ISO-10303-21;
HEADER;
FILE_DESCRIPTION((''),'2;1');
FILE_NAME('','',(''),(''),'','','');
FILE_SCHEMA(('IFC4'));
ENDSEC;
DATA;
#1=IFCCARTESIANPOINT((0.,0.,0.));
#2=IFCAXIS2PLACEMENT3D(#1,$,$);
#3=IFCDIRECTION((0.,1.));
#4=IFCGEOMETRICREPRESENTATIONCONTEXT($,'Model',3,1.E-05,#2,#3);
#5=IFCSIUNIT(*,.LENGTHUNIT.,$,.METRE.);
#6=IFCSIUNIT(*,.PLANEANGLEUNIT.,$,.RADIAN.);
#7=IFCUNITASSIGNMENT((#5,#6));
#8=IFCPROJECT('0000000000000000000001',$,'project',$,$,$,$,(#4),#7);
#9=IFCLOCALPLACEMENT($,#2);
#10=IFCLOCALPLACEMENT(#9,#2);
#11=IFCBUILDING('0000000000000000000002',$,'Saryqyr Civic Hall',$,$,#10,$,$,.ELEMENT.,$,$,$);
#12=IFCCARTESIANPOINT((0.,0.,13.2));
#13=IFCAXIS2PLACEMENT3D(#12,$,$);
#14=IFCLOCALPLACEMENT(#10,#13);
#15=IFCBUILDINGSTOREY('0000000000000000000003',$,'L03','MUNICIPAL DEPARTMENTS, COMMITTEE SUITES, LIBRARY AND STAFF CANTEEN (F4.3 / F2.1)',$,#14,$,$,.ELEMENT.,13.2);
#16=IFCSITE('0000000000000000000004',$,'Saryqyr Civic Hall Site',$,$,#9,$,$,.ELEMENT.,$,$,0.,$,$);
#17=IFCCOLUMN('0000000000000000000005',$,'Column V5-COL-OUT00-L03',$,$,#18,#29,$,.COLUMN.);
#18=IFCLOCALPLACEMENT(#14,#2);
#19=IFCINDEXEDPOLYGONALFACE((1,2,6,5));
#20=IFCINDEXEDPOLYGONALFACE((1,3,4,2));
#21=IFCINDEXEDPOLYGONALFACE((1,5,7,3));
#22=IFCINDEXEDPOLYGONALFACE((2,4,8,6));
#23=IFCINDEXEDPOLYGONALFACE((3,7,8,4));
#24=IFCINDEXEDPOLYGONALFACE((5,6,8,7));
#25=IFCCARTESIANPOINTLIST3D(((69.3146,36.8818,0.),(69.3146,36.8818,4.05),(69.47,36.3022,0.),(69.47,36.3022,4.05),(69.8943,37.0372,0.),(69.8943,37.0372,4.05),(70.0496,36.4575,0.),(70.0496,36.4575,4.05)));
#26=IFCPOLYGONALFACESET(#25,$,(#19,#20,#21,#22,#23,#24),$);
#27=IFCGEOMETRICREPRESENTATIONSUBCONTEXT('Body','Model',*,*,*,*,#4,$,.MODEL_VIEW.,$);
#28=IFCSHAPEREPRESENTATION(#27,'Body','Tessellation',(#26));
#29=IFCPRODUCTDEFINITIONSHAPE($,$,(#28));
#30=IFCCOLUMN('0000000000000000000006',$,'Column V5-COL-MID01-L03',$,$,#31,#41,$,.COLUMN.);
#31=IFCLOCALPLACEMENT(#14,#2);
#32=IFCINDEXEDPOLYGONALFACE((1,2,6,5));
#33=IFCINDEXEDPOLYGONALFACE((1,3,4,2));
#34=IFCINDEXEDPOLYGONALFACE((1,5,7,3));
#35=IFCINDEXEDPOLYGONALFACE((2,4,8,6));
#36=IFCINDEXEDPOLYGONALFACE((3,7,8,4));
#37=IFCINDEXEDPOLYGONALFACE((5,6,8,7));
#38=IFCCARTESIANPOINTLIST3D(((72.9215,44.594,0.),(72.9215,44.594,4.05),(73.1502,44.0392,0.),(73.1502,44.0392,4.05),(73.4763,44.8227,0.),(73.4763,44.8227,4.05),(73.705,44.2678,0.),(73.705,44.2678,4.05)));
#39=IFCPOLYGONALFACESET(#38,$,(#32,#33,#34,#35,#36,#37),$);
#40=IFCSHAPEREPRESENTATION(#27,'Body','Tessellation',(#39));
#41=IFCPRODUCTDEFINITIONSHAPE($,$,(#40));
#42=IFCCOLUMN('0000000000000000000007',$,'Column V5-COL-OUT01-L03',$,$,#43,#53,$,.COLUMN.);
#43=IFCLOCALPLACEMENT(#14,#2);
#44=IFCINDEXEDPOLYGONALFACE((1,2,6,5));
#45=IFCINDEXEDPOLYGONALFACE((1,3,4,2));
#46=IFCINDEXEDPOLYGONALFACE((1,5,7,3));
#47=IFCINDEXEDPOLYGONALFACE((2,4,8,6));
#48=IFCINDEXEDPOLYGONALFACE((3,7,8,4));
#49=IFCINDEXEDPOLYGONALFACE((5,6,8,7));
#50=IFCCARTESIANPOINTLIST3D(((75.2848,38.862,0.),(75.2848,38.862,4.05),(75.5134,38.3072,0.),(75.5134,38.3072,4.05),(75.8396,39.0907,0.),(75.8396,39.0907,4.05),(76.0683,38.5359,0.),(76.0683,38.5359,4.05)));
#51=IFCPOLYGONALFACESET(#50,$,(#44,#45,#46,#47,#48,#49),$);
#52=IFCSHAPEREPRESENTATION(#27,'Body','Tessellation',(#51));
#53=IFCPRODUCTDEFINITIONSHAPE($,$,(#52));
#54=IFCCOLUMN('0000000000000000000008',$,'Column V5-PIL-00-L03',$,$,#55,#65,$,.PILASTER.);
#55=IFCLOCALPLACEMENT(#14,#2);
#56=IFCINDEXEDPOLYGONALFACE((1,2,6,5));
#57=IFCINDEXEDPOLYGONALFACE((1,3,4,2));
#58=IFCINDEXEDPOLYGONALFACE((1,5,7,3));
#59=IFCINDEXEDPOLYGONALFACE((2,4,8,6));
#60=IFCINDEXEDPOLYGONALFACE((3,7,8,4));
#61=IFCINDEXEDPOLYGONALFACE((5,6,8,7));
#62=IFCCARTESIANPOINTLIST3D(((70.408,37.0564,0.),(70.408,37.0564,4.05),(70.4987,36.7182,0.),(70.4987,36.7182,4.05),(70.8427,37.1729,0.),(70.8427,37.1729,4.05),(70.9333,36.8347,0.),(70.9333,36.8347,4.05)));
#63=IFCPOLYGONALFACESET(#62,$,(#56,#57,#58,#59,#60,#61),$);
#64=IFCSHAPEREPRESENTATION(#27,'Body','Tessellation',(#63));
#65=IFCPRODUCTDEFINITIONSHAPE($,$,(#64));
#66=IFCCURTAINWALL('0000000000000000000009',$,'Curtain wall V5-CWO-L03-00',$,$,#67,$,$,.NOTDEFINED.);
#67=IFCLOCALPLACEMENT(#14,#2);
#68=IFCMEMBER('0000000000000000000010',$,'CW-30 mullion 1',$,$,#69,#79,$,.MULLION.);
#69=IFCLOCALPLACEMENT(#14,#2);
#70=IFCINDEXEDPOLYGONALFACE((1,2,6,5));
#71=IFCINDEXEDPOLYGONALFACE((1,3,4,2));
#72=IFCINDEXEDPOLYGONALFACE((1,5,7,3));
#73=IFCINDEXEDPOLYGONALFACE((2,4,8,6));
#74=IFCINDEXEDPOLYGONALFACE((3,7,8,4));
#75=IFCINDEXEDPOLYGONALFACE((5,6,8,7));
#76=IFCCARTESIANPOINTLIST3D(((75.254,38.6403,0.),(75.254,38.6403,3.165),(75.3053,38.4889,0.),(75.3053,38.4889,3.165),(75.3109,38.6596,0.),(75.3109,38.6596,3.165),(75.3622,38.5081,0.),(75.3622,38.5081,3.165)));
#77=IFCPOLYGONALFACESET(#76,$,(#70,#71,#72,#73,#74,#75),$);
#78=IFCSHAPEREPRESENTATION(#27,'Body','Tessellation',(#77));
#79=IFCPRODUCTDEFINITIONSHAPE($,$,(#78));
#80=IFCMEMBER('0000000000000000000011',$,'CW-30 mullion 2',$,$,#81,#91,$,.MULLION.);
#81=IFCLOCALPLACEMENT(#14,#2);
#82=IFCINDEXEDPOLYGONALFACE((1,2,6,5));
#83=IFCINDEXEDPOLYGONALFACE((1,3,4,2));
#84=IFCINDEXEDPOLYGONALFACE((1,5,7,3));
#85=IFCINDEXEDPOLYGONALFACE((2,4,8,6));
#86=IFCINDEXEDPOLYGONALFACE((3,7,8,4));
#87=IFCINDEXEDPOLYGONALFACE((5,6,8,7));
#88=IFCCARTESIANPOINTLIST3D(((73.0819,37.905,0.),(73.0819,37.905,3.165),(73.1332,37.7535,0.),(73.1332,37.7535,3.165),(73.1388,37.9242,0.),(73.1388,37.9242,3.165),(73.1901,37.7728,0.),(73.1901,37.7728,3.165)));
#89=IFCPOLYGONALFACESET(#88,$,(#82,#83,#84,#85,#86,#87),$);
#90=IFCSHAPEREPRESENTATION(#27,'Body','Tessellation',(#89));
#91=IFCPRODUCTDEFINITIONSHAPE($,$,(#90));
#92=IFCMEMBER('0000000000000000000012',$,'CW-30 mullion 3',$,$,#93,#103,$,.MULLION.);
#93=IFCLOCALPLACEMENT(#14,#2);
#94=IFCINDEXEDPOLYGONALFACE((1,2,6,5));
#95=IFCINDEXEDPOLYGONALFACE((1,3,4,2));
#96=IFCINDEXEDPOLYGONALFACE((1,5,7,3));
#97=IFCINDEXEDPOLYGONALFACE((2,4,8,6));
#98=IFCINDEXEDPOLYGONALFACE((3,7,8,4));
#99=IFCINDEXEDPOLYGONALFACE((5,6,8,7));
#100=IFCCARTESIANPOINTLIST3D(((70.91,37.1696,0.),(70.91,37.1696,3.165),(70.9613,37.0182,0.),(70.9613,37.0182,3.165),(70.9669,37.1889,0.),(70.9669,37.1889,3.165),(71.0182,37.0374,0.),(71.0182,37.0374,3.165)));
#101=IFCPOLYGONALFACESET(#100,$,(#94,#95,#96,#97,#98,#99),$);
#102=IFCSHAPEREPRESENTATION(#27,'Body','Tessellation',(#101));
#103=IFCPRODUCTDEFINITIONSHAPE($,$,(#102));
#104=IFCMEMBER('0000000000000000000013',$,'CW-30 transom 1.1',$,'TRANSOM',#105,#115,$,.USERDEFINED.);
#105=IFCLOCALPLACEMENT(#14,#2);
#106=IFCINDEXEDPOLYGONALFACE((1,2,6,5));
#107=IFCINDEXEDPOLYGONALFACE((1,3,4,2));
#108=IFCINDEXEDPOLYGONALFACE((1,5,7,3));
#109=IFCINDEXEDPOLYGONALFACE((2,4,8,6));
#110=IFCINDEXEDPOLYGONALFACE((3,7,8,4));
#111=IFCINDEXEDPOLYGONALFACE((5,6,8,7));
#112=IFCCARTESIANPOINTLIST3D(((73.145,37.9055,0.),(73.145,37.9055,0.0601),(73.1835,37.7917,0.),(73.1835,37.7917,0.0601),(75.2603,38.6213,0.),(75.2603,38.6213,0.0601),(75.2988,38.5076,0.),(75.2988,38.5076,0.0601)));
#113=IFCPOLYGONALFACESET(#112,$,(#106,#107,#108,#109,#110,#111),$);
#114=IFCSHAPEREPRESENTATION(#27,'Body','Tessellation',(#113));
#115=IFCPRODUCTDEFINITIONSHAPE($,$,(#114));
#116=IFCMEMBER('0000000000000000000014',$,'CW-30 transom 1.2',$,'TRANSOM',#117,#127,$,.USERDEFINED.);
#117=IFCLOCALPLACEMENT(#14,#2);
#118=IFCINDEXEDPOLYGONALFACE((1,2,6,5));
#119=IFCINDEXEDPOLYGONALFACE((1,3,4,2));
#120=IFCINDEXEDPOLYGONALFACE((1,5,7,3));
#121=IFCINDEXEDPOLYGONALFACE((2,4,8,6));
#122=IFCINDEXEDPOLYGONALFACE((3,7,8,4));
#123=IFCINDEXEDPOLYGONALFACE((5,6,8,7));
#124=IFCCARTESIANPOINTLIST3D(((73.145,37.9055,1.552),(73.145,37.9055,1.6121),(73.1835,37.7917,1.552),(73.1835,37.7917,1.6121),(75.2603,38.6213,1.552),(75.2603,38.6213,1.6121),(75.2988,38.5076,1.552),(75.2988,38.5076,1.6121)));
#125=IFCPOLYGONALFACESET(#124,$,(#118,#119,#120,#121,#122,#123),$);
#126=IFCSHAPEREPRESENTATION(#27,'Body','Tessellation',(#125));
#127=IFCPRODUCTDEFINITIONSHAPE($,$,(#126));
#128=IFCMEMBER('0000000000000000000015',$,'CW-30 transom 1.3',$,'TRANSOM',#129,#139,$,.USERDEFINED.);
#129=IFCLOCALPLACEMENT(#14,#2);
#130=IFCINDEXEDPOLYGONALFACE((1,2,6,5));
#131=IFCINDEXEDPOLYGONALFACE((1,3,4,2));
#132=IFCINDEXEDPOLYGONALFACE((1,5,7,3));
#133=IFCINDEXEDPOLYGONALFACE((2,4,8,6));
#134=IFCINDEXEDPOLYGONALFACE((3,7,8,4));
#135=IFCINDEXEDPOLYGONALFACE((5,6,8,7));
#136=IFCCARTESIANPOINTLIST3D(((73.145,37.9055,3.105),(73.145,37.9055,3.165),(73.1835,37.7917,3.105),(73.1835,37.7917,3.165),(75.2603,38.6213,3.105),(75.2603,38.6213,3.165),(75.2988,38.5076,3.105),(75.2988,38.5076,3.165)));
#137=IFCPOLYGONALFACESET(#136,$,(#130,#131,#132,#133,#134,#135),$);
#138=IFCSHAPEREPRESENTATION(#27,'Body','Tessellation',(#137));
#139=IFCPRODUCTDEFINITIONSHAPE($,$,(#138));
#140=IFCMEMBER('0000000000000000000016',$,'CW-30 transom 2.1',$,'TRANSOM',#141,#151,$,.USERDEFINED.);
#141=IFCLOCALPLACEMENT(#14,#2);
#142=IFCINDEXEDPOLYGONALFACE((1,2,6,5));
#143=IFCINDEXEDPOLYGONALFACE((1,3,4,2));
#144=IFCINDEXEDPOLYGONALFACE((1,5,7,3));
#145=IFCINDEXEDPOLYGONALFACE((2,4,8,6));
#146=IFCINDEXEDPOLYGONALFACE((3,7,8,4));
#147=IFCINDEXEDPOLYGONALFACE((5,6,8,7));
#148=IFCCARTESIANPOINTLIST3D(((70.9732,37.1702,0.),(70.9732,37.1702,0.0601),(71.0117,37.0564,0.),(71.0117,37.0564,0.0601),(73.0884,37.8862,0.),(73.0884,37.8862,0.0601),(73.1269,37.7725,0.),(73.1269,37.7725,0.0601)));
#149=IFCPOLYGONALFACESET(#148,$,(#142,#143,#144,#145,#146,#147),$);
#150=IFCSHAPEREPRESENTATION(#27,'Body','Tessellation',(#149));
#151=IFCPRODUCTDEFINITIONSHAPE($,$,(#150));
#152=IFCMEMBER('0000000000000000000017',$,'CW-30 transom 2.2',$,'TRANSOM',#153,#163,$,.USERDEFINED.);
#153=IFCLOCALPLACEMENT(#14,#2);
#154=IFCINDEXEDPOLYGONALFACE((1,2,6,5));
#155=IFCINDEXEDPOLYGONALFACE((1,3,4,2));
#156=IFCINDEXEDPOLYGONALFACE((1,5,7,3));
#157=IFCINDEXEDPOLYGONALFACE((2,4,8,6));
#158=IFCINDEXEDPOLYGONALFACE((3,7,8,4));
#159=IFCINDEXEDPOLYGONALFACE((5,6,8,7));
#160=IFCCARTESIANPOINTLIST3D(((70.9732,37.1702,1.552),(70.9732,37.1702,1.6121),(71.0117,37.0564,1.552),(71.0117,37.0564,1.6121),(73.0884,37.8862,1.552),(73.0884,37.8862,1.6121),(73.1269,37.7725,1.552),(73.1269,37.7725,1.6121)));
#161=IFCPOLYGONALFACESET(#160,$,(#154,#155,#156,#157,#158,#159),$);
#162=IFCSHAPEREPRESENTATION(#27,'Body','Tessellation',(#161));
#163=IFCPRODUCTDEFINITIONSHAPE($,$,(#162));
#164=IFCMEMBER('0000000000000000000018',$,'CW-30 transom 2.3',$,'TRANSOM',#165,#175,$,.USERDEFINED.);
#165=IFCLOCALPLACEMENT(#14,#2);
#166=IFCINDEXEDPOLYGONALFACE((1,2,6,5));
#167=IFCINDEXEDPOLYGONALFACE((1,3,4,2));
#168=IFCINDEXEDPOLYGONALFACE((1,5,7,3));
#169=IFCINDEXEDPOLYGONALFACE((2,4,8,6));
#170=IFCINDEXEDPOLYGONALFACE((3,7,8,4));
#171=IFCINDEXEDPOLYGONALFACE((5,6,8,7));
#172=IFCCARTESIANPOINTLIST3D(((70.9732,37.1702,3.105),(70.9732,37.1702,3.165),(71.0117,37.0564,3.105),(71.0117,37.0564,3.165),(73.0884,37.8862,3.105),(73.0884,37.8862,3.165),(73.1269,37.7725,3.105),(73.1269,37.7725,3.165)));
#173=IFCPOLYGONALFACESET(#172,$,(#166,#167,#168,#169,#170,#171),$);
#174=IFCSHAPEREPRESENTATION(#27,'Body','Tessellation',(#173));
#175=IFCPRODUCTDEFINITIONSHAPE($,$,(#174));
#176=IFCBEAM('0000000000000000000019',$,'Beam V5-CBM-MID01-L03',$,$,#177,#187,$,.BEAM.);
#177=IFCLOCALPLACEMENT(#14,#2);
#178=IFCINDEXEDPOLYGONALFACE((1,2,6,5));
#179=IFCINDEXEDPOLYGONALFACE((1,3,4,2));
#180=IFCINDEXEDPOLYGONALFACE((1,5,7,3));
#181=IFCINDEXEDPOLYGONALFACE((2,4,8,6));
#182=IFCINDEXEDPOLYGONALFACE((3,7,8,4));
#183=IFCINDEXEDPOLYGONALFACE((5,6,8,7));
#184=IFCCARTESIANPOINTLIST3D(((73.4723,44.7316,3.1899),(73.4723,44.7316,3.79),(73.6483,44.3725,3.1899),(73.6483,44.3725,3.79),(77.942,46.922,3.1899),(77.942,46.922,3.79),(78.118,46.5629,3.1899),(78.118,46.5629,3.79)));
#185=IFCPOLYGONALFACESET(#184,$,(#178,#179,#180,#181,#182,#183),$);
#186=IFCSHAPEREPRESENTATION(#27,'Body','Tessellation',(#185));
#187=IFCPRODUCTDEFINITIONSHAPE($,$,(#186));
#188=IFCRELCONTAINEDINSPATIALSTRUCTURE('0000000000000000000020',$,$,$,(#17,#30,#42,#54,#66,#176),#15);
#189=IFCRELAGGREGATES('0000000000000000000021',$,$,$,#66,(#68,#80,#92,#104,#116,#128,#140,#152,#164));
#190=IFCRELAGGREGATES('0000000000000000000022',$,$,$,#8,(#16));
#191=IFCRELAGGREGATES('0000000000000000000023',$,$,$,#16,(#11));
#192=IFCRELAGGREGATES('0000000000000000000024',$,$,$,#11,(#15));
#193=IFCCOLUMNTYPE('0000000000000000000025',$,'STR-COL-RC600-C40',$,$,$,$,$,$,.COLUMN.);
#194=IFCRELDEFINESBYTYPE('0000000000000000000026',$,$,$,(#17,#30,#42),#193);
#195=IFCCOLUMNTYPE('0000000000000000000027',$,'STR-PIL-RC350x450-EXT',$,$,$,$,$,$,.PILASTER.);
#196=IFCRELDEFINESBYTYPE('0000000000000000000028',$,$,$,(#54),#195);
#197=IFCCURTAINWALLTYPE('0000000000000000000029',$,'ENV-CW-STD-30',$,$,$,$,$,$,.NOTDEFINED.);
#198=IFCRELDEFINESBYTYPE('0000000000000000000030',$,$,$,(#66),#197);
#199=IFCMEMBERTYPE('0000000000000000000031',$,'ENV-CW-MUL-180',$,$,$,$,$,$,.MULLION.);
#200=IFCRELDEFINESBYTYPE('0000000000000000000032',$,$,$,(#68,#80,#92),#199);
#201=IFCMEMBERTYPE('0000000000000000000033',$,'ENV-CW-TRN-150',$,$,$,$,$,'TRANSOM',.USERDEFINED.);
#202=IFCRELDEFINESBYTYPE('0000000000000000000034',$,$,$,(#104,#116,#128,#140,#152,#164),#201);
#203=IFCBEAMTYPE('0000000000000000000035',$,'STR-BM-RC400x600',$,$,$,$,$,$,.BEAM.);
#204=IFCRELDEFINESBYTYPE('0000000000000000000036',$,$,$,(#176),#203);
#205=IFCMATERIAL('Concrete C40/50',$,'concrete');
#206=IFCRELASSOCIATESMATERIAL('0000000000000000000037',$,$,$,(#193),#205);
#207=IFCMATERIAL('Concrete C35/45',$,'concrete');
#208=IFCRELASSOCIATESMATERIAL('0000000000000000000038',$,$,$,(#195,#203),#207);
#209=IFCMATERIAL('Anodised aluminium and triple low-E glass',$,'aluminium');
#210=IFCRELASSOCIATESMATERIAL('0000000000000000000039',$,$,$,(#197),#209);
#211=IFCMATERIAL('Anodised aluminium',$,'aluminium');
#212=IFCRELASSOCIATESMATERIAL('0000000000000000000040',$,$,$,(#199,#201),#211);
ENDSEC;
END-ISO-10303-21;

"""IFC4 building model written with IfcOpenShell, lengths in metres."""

from ifc_helpers import new_model, si_unit, direction, frame, origin, origin_2d, place, context, subcontext, project, spatial, rectangle, extrude, material, material_profile, profile_set, type_object, element, aggregate, save


model = new_model("IFC4")

# Units and contexts
model_context = context("Model", 3, precision=1e-05, world=origin(), true_north=direction((0.0, 1.0)))
body_context = subcontext(model_context, "Body", "Model", "MODEL_VIEW")
ifc_project = project(units=[si_unit("LENGTHUNIT", "METRE"), si_unit("PLANEANGLEUNIT", "RADIAN")], contexts=[model_context])

# Site, building, storey
site_placement = place(None, origin())
site = spatial("IfcSite", under=ifc_project, at=site_placement, Name="Saryqyr Civic Hall Site", CompositionType="ELEMENT", RefElevation=0.0)
building_placement = place(site_placement, origin())
building = spatial("IfcBuilding", under=site, at=building_placement, Name="Saryqyr Civic Hall", CompositionType="ELEMENT")
storey_placement = place(building_placement, frame((0.0, 0.0, 13.2)))
storey = spatial("IfcBuildingStorey", under=building, at=storey_placement, Name="L03", Description="MUNICIPAL DEPARTMENTS, COMMITTEE SUITES, LIBRARY AND STAFF CANTEEN (F4.3 / F2.1)", CompositionType="ELEMENT", Elevation=13.2)

# Columns
ifc_material_1 = material(Name="Concrete C40/50", Category="concrete")
ifc_material_profile_1 = material_profile(ifc_material_1, rectangle(XDim=0.6001, YDim=0.6001, at=origin_2d()), Name="RC 600x600")
ifc_profile_set_1 = profile_set([ifc_material_profile_1], Name="Concrete C40/50")
column_type_1 = type_object("IfcColumnType", Name="STR-COL-RC600-C40", PredefinedType="COLUMN", material=ifc_profile_set_1)
for number, where, z_axis, x_axis, name in (
    (1, (69.6821, 36.6697, 0.0), (0.0, 0.0, 1.0), (0.258819, -0.965926, 0.0), "Column V5-COL-OUT00-L03"),
    (2, (73.3132, 44.4309, 0.0), (0.0, 0.0, 1.0), (0.38107, -0.924546, 0.0), "Column V5-COL-MID01-L03"),
    (3, (75.6765, 38.699, 0.0), (0.0, 0.0, 1.0), (0.38107, -0.924546, 0.0), "Column V5-COL-OUT01-L03"),
):
    element("IfcColumn", number, at=place(storey_placement, frame(where, z_axis=z_axis, x_axis=x_axis)), inside=storey, type_object=column_type_1, Name=name, PredefinedType="COLUMN", context=body_context, shape_type="SweptSolid", body=[
        extrude(rectangle(XDim=0.6001, YDim=0.6001, at=origin_2d()), origin(), (0.0, 0.0, 1.0), 4.05),
    ])
ifc_material_2 = material(Name="Concrete C35/45", Category="concrete")
ifc_material_profile_2 = material_profile(ifc_material_2, rectangle(XDim=0.3501, YDim=0.45, at=origin_2d()), Name="RC 350x450")
ifc_profile_set_2 = profile_set([ifc_material_profile_2], Name="Concrete C35/45")
column_type_2 = type_object("IfcColumnType", Name="STR-PIL-RC350x450-EXT", PredefinedType="PILASTER", material=ifc_profile_set_2)
column_placement = place(storey_placement, frame((70.6707, 36.9456, 0.0), z_axis=(0.0, 0.0, 1.0), x_axis=(0.258819, -0.965926, 0.0)))
element("IfcColumn", 4, at=column_placement, inside=storey, type_object=column_type_2, Name="Column V5-PIL-00-L03", PredefinedType="PILASTER", context=body_context, shape_type="SweptSolid", body=[
    extrude(rectangle(XDim=0.3501, YDim=0.45, at=origin_2d()), origin(), (0.0, 0.0, 1.0), 4.05),
])

# Curtain wall, members
ifc_material_3 = material(Name="Anodised aluminium and triple low-E glass", Category="aluminium")
curtain_wall_type = type_object("IfcCurtainWallType", Name="ENV-CW-STD-30", PredefinedType="NOTDEFINED", material=ifc_material_3)
curtain_wall_placement = place(storey_placement, origin())
curtain_wall = element("IfcCurtainWall", 5, at=curtain_wall_placement, inside=storey, type_object=curtain_wall_type, Name="Curtain wall V5-CWO-L03-00", PredefinedType="NOTDEFINED")
ifc_material_4 = material(Name="Anodised aluminium", Category="aluminium")
ifc_material_profile_3 = material_profile(ifc_material_4, rectangle(XDim=0.0601, YDim=0.1599, at=origin_2d()), Name="ALU MULLION 60x160")
ifc_profile_set_3 = profile_set([ifc_material_profile_3], Name="Anodised aluminium")
member_type_1 = type_object("IfcMemberType", Name="ENV-CW-MUL-180", PredefinedType="MULLION", material=ifc_profile_set_3)
member_1_placement = place(storey_placement, frame((75.3081, 38.5742, 0.0), z_axis=(0.0, 0.0, 1.0), x_axis=(-0.947196, -0.320654, 0.0)))
member_1 = element("IfcMember", 6, at=member_1_placement, type_object=member_type_1, Name="CW-30 mullion 1", PredefinedType="MULLION", context=body_context, shape_type="SweptSolid", body=[
    extrude(rectangle(XDim=0.0601, YDim=0.1599, at=origin_2d()), origin(), (0.0, 0.0, 1.0), 3.165),
])
member_2_placement = place(storey_placement, frame((73.136, 37.8389, 0.0), z_axis=(0.0, 0.0, 1.0), x_axis=(-0.947196, -0.320654, 0.0)))
member_2 = element("IfcMember", 7, at=member_2_placement, type_object=member_type_1, Name="CW-30 mullion 2", PredefinedType="MULLION", context=body_context, shape_type="SweptSolid", body=[
    extrude(rectangle(XDim=0.0601, YDim=0.1599, at=origin_2d()), origin(), (0.0, 0.0, 1.0), 3.165),
])
member_3_placement = place(storey_placement, frame((70.9641, 37.1035, 0.0), z_axis=(0.0, 0.0, 1.0), x_axis=(-0.947196, -0.320654, 0.0)))
member_3 = element("IfcMember", 8, at=member_3_placement, type_object=member_type_1, Name="CW-30 mullion 3", PredefinedType="MULLION", context=body_context, shape_type="SweptSolid", body=[
    extrude(rectangle(XDim=0.0601, YDim=0.1599, at=origin_2d()), origin(), (0.0, 0.0, 1.0), 3.165),
])
ifc_material_profile_4 = material_profile(ifc_material_4, rectangle(XDim=0.1201, YDim=0.0601, at=origin_2d()), Name="ALU TRANSOM 120x60")
ifc_profile_set_4 = profile_set([ifc_material_profile_4], Name="Anodised aluminium")
member_type_2 = type_object("IfcMemberType", Name="ENV-CW-TRN-150", ElementType="TRANSOM", PredefinedType="USERDEFINED", material=ifc_profile_set_4)
member_4_placement = place(storey_placement, frame((75.2795, 38.5645, 0.03), z_axis=(-0.94723, -0.320554, 0.0), x_axis=(0.320554, -0.94723, 0.0)))
member_4 = element("IfcMember", 9, at=member_4_placement, type_object=member_type_2, Name="CW-30 transom 1.1", ObjectType="TRANSOM", PredefinedType="USERDEFINED", context=body_context, shape_type="SweptSolid", body=[
    extrude(rectangle(XDim=0.1201, YDim=0.0601, at=origin_2d()), origin(), (0.0, 0.0, 1.0), 2.2332),
])
member_5_placement = place(storey_placement, frame((75.2795, 38.5645, 1.582), z_axis=(-0.94723, -0.320554, 0.0), x_axis=(0.320554, -0.94723, 0.0)))
member_5 = element("IfcMember", 10, at=member_5_placement, type_object=member_type_2, Name="CW-30 transom 1.2", ObjectType="TRANSOM", PredefinedType="USERDEFINED", context=body_context, shape_type="SweptSolid", body=[
    extrude(rectangle(XDim=0.1201, YDim=0.0601, at=origin_2d()), origin(), (0.0, 0.0, 1.0), 2.2332),
])
member_6_placement = place(storey_placement, frame((75.2795, 38.5645, 3.135), z_axis=(-0.94723, -0.320554, 0.0), x_axis=(0.320554, -0.94723, 0.0)))
member_6 = element("IfcMember", 11, at=member_6_placement, type_object=member_type_2, Name="CW-30 transom 1.3", ObjectType="TRANSOM", PredefinedType="USERDEFINED", context=body_context, shape_type="SweptSolid", body=[
    extrude(rectangle(XDim=0.1201, YDim=0.0601, at=origin_2d()), origin(), (0.0, 0.0, 1.0), 2.2332),
])
member_7_placement = place(storey_placement, frame((73.1077, 37.8293, 0.03), z_axis=(-0.947197, -0.320652, 0.0), x_axis=(0.320652, -0.947197, 0.0)))
member_7 = element("IfcMember", 12, at=member_7_placement, type_object=member_type_2, Name="CW-30 transom 2.1", ObjectType="TRANSOM", PredefinedType="USERDEFINED", context=body_context, shape_type="SweptSolid", body=[
    extrude(rectangle(XDim=0.1201, YDim=0.0601, at=origin_2d()), origin(), (0.0, 0.0, 1.0), 2.2332),
])
member_8_placement = place(storey_placement, frame((73.1077, 37.8293, 1.582), z_axis=(-0.947197, -0.320652, 0.0), x_axis=(0.320652, -0.947197, 0.0)))
member_8 = element("IfcMember", 13, at=member_8_placement, type_object=member_type_2, Name="CW-30 transom 2.2", ObjectType="TRANSOM", PredefinedType="USERDEFINED", context=body_context, shape_type="SweptSolid", body=[
    extrude(rectangle(XDim=0.1201, YDim=0.0601, at=origin_2d()), origin(), (0.0, 0.0, 1.0), 2.2332),
])
member_9_placement = place(storey_placement, frame((73.1077, 37.8293, 3.135), z_axis=(-0.947197, -0.320652, 0.0), x_axis=(0.320652, -0.947197, 0.0)))
member_9 = element("IfcMember", 14, at=member_9_placement, type_object=member_type_2, Name="CW-30 transom 2.3", ObjectType="TRANSOM", PredefinedType="USERDEFINED", context=body_context, shape_type="SweptSolid", body=[
    extrude(rectangle(XDim=0.1201, YDim=0.0601, at=origin_2d()), origin(), (0.0, 0.0, 1.0), 2.2332),
])

# Beam
ifc_material_profile_5 = material_profile(ifc_material_2, rectangle(XDim=0.3999, YDim=0.6001, at=origin_2d()), Name="RC 400x600")
ifc_profile_set_5 = profile_set([ifc_material_profile_5], Name="Concrete C35/45")
beam_type_1 = type_object("IfcBeamType", Name="STR-BM-RC400x600", PredefinedType="BEAM", material=ifc_profile_set_5)
beam_1_placement = place(storey_placement, frame((73.5603, 44.552, 3.49), z_axis=(0.897969, 0.440058, 0.0), x_axis=(-0.440058, 0.897969, 0.0)))
element("IfcBeam", 15, at=beam_1_placement, inside=storey, type_object=beam_type_1, Name="Beam V5-CBM-MID01-L03", PredefinedType="BEAM", context=body_context, shape_type="SweptSolid", body=[
    extrude(rectangle(XDim=0.3999, YDim=0.6001, at=origin_2d()), origin(), (0.0, 0.0, 1.0), 4.9775),
])

aggregate(curtain_wall, [member_1, member_2, member_3, member_4, member_5, member_6, member_7, member_8, member_9])

save(model, "model.ifc")
